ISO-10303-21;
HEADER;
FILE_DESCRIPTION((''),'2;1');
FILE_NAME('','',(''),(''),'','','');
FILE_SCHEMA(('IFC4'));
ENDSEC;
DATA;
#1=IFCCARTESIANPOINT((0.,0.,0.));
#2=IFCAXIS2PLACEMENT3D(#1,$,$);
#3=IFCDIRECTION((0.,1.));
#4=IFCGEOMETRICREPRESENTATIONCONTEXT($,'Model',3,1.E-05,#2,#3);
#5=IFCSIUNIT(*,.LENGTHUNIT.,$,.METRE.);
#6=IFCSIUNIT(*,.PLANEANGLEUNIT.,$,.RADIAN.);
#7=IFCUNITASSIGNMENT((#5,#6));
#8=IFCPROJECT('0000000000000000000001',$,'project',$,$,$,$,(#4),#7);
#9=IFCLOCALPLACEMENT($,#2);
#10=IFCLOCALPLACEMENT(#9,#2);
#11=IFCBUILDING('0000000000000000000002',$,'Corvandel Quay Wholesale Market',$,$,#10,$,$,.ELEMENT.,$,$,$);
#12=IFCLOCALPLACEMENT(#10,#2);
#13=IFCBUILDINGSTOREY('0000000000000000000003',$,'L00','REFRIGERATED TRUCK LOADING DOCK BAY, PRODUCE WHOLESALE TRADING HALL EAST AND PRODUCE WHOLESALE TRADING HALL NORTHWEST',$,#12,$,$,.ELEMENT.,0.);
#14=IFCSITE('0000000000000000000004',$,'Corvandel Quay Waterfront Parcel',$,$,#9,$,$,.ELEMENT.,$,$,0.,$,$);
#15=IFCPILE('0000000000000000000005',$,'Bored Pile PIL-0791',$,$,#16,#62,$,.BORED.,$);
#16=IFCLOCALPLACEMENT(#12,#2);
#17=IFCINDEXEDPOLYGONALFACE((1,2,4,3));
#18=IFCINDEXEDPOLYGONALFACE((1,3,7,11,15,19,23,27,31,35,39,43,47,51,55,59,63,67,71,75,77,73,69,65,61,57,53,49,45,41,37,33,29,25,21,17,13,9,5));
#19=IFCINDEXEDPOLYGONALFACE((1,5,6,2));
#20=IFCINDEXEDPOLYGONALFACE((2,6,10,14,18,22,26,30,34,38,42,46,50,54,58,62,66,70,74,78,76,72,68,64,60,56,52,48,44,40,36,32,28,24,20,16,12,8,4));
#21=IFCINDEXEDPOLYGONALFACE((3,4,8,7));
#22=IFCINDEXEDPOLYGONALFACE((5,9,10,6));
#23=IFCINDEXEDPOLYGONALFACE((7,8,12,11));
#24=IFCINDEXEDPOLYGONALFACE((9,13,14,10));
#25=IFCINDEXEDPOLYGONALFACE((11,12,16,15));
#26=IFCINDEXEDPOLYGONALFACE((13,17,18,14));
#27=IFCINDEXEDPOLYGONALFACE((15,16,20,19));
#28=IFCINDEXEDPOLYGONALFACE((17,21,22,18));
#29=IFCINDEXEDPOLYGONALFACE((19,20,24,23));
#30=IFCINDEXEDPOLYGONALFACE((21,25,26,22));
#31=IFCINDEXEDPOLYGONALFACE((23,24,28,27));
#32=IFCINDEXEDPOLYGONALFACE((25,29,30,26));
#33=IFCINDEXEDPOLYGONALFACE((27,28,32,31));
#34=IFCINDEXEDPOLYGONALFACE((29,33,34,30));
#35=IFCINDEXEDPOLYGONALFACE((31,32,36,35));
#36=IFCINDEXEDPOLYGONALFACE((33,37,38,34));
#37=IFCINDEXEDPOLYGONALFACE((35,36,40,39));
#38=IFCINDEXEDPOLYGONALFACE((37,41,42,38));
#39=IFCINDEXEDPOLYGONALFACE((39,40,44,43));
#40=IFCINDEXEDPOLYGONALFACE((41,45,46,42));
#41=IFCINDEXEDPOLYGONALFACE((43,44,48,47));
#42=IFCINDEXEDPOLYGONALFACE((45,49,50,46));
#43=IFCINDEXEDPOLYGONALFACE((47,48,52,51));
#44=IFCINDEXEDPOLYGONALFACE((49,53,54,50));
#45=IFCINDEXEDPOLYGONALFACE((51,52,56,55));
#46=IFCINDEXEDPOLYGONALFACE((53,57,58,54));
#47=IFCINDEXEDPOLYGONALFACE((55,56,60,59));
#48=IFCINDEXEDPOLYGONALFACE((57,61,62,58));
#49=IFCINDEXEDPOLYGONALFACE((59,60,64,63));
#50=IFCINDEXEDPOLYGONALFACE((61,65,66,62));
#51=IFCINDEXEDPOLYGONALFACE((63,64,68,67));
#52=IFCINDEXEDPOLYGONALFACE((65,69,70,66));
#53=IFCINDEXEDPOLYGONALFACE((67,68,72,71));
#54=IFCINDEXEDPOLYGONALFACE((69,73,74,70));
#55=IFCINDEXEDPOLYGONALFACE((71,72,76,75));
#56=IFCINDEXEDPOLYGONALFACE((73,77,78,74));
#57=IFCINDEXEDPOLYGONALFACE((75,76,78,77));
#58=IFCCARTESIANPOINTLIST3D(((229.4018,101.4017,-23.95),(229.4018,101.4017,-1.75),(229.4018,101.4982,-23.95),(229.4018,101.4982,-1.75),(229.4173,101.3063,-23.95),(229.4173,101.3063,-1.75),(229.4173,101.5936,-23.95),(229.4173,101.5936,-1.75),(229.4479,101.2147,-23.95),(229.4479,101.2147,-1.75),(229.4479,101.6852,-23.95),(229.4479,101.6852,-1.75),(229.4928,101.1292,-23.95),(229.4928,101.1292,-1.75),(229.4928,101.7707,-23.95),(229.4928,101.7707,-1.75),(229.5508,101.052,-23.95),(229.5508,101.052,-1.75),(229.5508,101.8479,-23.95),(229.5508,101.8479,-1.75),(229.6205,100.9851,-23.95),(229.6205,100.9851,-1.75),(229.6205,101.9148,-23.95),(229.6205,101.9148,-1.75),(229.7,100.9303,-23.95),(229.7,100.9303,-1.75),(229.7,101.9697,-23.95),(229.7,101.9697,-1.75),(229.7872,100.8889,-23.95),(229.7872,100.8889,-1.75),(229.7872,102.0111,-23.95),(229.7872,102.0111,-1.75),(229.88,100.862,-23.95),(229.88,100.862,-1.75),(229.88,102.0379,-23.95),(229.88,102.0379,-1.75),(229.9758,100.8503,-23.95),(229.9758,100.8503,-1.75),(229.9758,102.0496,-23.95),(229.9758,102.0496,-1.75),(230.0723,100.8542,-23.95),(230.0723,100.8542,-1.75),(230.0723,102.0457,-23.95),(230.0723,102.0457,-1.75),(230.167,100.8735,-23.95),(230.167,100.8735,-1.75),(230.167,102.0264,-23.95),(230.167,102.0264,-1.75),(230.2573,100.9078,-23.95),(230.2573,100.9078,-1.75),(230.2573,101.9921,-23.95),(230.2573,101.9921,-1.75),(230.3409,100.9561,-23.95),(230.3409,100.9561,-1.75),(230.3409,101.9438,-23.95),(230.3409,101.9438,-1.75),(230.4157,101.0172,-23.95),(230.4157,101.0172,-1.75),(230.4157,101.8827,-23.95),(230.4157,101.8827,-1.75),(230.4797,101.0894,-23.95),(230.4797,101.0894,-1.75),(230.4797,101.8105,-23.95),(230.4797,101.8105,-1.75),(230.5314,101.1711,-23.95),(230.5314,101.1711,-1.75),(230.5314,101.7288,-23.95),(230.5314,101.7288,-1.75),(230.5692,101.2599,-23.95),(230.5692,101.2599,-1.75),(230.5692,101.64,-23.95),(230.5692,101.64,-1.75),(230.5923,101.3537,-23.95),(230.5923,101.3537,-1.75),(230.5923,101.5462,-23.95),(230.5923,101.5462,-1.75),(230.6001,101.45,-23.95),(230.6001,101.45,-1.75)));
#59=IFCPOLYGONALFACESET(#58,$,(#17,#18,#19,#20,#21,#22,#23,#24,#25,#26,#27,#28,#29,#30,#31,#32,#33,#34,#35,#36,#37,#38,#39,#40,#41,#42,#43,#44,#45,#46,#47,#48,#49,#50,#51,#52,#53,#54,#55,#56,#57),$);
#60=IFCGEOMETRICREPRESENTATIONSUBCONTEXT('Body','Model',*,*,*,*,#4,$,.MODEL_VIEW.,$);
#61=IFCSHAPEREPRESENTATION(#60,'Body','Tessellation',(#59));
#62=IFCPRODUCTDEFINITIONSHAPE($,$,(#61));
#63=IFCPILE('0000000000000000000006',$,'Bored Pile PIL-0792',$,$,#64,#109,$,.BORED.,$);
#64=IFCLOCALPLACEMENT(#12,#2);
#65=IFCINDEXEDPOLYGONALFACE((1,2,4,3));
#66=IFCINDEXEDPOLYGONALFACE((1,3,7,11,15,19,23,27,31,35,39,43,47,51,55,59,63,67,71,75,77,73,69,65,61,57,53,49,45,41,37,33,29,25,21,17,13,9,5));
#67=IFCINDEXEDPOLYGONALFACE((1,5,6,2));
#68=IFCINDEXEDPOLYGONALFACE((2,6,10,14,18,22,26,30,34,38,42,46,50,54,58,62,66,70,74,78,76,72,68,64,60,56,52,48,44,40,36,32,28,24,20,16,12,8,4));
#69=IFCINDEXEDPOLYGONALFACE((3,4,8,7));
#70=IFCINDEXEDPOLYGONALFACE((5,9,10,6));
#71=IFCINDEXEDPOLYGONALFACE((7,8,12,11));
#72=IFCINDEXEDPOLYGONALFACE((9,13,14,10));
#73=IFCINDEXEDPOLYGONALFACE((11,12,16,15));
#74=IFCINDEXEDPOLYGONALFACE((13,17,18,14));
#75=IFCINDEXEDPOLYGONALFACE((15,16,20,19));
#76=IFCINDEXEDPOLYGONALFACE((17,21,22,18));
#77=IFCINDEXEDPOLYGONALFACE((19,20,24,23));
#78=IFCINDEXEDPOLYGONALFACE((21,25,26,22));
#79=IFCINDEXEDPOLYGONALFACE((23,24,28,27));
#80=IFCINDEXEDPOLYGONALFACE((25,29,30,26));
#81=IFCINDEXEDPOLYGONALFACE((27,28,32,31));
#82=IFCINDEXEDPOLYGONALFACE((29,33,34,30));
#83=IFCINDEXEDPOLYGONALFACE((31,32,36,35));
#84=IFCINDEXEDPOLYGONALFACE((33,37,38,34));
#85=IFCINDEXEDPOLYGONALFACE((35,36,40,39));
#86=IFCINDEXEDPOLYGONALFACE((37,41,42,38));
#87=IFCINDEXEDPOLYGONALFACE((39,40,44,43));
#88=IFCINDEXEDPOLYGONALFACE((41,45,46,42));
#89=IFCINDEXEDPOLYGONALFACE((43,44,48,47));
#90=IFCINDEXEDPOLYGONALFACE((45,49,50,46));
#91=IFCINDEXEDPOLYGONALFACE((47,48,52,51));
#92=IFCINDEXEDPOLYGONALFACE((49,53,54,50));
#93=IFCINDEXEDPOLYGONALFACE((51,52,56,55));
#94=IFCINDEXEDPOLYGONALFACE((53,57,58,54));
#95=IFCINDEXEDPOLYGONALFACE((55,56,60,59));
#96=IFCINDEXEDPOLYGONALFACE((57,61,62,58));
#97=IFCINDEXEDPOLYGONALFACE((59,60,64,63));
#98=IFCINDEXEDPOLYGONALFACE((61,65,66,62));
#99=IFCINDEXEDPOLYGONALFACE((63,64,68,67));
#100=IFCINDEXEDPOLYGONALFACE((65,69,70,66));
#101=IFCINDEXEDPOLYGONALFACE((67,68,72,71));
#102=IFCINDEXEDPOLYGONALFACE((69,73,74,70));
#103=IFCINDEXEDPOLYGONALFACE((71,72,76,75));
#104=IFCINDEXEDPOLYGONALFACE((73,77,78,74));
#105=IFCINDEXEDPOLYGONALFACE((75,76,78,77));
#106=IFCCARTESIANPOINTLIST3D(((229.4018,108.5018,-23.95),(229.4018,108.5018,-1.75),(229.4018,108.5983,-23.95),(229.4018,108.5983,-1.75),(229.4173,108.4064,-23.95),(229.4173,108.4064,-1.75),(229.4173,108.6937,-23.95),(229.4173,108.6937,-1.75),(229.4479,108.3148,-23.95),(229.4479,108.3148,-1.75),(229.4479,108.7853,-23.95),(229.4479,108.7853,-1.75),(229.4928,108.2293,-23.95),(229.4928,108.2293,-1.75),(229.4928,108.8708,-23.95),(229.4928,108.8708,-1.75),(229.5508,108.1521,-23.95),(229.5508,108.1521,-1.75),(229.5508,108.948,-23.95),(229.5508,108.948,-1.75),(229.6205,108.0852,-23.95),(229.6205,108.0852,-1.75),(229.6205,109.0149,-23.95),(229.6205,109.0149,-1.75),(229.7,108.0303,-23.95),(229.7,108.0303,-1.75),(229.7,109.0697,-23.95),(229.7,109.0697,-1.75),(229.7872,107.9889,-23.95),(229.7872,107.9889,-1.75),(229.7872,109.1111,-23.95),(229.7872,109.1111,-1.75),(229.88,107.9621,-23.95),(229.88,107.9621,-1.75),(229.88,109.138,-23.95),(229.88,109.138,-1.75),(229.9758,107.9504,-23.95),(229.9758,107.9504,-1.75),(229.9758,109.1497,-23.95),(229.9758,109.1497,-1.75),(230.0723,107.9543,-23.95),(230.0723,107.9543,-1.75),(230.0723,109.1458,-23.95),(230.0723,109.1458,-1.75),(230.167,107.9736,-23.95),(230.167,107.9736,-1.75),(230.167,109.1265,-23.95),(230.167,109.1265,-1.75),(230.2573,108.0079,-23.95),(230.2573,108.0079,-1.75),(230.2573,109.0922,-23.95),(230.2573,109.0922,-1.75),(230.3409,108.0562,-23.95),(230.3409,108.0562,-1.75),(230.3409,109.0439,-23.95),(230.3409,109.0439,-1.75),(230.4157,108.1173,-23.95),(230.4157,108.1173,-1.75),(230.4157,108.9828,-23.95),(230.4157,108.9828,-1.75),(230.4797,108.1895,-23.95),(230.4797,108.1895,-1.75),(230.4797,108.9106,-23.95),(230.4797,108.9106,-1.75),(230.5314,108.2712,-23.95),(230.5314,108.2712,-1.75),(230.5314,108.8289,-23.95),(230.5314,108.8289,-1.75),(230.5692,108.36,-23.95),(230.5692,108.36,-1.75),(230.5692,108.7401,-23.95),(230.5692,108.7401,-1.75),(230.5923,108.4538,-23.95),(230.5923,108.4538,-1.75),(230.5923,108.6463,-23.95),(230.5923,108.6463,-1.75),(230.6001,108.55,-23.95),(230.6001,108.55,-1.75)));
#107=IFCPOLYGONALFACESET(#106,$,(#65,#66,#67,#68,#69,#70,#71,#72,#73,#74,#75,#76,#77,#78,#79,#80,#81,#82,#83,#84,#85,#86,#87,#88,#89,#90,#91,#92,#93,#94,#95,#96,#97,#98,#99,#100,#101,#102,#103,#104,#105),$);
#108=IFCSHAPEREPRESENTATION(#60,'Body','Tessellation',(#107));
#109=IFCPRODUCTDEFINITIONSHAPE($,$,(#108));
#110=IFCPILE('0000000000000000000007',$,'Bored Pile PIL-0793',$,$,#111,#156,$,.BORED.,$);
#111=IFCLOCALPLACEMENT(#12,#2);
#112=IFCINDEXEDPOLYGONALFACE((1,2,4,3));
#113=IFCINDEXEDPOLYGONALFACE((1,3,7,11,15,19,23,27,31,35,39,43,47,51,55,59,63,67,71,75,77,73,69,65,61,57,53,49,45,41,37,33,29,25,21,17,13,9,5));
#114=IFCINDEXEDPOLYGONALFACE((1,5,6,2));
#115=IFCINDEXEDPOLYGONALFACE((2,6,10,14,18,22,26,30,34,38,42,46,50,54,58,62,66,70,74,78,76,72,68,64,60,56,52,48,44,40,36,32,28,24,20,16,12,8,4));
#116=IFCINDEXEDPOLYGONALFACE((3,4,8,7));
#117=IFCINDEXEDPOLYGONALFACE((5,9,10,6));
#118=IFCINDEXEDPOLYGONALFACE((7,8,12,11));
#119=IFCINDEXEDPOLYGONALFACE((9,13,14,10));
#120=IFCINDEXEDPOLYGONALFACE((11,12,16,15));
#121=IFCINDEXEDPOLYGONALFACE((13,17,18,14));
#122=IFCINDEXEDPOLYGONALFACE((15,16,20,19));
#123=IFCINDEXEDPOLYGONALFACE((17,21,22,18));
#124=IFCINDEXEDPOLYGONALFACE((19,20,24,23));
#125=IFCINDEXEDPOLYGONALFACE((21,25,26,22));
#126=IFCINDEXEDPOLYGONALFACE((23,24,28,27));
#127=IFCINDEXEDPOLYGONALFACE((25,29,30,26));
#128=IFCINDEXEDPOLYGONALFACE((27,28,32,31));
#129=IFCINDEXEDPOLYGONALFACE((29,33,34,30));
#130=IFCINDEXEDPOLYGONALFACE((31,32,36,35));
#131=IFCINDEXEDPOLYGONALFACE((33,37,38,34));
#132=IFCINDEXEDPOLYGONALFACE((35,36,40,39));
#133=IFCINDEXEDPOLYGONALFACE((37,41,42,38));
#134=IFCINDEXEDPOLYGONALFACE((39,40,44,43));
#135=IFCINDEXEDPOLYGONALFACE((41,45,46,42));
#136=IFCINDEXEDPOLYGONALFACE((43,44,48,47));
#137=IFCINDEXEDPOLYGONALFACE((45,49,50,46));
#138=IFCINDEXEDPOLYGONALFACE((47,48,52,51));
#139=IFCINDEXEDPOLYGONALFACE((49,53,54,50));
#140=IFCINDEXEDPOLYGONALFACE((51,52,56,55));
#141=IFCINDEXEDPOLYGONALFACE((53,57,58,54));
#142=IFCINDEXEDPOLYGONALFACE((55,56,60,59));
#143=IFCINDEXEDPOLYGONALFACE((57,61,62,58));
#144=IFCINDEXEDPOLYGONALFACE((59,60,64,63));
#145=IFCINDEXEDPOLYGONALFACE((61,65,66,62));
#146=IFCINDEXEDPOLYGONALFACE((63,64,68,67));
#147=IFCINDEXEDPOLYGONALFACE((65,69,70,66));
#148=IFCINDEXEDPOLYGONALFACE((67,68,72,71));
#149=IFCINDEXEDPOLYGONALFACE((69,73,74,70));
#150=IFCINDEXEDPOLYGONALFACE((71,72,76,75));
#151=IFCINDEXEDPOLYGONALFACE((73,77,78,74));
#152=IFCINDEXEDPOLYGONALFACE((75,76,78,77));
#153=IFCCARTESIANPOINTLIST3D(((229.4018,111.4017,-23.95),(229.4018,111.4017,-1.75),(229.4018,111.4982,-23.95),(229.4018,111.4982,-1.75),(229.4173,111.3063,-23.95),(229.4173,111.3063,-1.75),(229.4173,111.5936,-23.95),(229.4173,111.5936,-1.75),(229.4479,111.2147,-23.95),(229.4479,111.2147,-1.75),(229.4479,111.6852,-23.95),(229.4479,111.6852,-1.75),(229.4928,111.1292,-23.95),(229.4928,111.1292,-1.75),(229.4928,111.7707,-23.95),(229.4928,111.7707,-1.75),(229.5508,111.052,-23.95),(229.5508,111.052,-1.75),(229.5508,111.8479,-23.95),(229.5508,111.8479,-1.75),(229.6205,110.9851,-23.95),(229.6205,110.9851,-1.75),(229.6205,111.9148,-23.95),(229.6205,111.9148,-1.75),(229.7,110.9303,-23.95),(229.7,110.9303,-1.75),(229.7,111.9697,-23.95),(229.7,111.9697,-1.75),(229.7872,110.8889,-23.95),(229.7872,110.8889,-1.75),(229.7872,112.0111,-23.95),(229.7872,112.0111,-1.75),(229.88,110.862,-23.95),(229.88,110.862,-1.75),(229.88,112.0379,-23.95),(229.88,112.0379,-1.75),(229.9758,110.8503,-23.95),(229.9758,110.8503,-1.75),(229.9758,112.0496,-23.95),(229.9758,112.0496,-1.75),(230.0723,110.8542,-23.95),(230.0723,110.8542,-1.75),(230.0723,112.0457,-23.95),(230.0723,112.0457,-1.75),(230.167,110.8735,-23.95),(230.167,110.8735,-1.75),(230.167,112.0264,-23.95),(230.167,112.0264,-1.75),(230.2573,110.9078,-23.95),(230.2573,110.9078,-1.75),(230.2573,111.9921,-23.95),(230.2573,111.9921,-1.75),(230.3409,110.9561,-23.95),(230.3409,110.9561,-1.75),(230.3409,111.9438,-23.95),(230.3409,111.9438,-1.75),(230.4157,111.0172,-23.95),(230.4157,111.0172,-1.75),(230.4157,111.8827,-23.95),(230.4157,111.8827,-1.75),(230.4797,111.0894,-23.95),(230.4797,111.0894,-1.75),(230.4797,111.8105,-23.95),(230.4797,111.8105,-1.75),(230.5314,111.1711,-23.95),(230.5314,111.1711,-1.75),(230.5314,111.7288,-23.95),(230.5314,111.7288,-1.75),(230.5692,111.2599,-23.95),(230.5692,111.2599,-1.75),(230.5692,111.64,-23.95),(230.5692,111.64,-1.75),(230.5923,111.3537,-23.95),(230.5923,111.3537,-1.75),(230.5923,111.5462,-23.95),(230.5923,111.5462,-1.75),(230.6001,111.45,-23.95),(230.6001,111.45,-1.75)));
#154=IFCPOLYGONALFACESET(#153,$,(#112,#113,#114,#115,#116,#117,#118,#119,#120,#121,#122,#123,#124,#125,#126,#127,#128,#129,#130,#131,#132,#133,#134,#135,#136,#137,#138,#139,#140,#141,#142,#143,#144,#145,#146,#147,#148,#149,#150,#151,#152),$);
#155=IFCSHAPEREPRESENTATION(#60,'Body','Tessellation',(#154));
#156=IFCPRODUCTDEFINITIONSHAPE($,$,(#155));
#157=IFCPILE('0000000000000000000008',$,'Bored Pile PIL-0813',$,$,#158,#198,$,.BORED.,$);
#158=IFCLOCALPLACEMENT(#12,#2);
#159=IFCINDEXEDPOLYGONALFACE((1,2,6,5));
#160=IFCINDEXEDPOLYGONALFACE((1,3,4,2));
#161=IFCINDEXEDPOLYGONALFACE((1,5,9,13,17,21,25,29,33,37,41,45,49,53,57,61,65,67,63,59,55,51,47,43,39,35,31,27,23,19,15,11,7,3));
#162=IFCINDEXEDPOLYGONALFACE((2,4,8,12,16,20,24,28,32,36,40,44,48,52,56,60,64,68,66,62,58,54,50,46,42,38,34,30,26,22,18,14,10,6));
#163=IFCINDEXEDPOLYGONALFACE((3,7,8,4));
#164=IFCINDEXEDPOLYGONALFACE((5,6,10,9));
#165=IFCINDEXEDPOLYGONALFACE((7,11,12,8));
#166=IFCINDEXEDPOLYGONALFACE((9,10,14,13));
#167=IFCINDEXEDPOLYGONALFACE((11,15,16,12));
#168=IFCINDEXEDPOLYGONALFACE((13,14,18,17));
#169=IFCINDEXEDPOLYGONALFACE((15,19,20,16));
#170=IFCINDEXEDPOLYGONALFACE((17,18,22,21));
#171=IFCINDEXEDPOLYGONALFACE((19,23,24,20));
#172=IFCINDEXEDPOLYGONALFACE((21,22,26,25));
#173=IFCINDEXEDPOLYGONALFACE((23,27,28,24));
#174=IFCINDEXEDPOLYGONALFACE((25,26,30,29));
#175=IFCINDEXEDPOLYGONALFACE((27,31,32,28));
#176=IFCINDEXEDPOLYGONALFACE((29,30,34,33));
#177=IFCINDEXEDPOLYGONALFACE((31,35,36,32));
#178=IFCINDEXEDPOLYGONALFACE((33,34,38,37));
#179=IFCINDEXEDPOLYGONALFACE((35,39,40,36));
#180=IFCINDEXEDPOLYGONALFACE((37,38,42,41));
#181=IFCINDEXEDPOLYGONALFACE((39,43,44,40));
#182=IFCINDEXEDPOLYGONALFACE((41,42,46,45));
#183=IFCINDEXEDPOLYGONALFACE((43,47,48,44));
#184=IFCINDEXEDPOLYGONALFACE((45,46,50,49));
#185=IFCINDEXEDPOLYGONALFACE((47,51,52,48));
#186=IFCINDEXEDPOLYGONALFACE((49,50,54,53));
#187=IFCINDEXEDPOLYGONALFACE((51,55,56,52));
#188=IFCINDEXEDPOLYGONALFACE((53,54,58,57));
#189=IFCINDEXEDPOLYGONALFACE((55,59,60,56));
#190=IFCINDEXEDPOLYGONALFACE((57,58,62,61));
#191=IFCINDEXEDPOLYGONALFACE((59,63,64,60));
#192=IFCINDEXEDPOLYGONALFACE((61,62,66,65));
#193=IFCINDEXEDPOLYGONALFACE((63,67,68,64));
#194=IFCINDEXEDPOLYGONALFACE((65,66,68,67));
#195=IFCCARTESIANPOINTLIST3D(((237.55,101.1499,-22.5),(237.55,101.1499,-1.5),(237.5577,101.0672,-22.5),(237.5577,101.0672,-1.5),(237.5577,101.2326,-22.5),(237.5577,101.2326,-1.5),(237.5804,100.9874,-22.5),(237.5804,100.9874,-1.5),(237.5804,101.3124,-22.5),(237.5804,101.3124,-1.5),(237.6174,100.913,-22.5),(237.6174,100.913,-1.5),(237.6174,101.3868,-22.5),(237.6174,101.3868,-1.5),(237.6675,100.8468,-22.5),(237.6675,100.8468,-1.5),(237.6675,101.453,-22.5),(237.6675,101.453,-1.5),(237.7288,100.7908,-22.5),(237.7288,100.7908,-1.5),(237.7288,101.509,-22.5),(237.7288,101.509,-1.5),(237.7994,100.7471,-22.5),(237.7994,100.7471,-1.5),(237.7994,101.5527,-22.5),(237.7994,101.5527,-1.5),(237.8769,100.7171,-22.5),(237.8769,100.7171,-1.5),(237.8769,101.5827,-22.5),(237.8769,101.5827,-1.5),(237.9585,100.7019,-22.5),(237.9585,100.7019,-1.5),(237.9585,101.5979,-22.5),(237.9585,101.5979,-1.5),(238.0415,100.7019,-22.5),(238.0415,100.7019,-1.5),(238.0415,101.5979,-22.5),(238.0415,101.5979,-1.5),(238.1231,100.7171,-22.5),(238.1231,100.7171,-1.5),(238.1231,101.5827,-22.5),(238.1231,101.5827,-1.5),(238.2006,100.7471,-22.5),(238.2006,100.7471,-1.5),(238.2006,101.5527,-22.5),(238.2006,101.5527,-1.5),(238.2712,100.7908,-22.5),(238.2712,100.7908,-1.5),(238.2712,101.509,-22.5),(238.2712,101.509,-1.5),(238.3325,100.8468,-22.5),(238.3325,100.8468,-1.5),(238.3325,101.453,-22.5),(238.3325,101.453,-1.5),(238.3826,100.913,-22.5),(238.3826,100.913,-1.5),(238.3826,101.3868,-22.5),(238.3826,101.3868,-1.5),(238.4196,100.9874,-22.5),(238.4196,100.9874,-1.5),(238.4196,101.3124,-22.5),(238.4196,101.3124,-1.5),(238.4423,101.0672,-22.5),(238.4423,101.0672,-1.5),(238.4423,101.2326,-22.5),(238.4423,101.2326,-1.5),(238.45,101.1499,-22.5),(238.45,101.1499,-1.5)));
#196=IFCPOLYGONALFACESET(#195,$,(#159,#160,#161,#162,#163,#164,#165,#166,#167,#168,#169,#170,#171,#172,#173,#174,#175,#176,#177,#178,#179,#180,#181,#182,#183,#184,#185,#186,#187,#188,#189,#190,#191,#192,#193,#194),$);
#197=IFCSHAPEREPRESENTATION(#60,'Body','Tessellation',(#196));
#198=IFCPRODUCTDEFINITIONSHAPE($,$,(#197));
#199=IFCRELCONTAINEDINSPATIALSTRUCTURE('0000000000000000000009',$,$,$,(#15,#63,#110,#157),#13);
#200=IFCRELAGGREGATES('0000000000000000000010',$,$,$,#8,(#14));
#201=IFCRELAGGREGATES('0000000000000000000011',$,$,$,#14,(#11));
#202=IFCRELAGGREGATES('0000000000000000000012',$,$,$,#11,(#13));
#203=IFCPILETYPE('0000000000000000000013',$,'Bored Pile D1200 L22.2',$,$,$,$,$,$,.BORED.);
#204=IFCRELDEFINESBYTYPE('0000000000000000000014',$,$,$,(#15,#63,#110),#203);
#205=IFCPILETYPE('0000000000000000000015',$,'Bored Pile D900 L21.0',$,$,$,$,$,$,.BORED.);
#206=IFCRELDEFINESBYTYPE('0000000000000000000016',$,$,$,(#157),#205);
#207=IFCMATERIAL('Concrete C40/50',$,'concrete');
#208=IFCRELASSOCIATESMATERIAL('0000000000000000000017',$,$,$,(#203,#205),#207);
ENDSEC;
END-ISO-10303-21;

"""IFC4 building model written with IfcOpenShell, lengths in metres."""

from ifc_helpers import new_model, si_unit, direction, frame, origin, origin_2d, place, context, subcontext, project, spatial, circle, extrude, material, material_profile, profile_set, type_object, element, save


model = new_model("IFC4")

# Units and contexts
model_context = context("Model", 3, precision=1e-05, world=origin(), true_north=direction((0.0, 1.0)))
body_context = subcontext(model_context, "Body", "Model", "MODEL_VIEW")
ifc_project = project(units=[si_unit("LENGTHUNIT", "METRE"), si_unit("PLANEANGLEUNIT", "RADIAN")], contexts=[model_context])

# Site, building, storey
site_placement = place(None, origin())
site = spatial("IfcSite", under=ifc_project, at=site_placement, Name="Corvandel Quay Waterfront Parcel", CompositionType="ELEMENT", RefElevation=0.0)
building_placement = place(site_placement, origin())
building = spatial("IfcBuilding", under=site, at=building_placement, Name="Corvandel Quay Wholesale Market", CompositionType="ELEMENT")
storey_placement = place(building_placement, origin())
storey = spatial("IfcBuildingStorey", under=building, at=storey_placement, Name="L00", Description="REFRIGERATED TRUCK LOADING DOCK BAY, PRODUCE WHOLESALE TRADING HALL EAST AND PRODUCE WHOLESALE TRADING HALL NORTHWEST", CompositionType="ELEMENT", Elevation=0.0)

# Piles
ifc_material_1 = material(Name="Concrete C40/50", Category="concrete")
ifc_material_profile_1 = material_profile(ifc_material_1, circle(Radius=0.6001, at=origin_2d()), Name="RC-PILE-D1200")
ifc_profile_set_1 = profile_set([ifc_material_profile_1], Name="Concrete C40/50")
pile_type_1 = type_object("IfcPileType", Name="Bored Pile D1200 L22.2", PredefinedType="BORED", material=ifc_profile_set_1)
for number, where, z_axis, x_axis, name in (
    (1, (230.0, 101.45, -1.75), (0.0, 0.0, -1.0), (1.0, 0.0, 0.0), "Bored Pile PIL-0791"),
    (2, (230.0, 108.55, -1.75), (0.0, 0.0, -1.0), (1.0, 0.0, 0.0), "Bored Pile PIL-0792"),
    (3, (230.0, 111.45, -1.75), (0.0, 0.0, -1.0), (1.0, 0.0, 0.0), "Bored Pile PIL-0793"),
):
    element("IfcPile", number, at=place(storey_placement, frame(where, z_axis=z_axis, x_axis=x_axis)), inside=storey, type_object=pile_type_1, Name=name, PredefinedType="BORED", context=body_context, shape_type="SweptSolid", body=[
        extrude(circle(Radius=0.6001, at=origin_2d()), origin(), (0.0, 0.0, 1.0), 22.2),
    ])
ifc_material_profile_2 = material_profile(ifc_material_1, circle(Radius=0.45, at=origin_2d()), Name="RC-PILE-D900")
ifc_profile_set_2 = profile_set([ifc_material_profile_2], Name="Concrete C40/50")
pile_type_2 = type_object("IfcPileType", Name="Bored Pile D900 L21.0", PredefinedType="BORED", material=ifc_profile_set_2)
for number, where, z_axis, x_axis, name in (
    (4, (238.0, 101.1499, -1.5), (0.0, 0.0, -1.0), (1.0, 0.0, 0.0), "Bored Pile PIL-0813"),
):
    element("IfcPile", number, at=place(storey_placement, frame(where, z_axis=z_axis, x_axis=x_axis)), inside=storey, type_object=pile_type_2, Name=name, PredefinedType="BORED", context=body_context, shape_type="SweptSolid", body=[
        extrude(circle(Radius=0.45, at=origin_2d()), origin(), (0.0, 0.0, 1.0), 21.0),
    ])

save(model, "model.ifc")
